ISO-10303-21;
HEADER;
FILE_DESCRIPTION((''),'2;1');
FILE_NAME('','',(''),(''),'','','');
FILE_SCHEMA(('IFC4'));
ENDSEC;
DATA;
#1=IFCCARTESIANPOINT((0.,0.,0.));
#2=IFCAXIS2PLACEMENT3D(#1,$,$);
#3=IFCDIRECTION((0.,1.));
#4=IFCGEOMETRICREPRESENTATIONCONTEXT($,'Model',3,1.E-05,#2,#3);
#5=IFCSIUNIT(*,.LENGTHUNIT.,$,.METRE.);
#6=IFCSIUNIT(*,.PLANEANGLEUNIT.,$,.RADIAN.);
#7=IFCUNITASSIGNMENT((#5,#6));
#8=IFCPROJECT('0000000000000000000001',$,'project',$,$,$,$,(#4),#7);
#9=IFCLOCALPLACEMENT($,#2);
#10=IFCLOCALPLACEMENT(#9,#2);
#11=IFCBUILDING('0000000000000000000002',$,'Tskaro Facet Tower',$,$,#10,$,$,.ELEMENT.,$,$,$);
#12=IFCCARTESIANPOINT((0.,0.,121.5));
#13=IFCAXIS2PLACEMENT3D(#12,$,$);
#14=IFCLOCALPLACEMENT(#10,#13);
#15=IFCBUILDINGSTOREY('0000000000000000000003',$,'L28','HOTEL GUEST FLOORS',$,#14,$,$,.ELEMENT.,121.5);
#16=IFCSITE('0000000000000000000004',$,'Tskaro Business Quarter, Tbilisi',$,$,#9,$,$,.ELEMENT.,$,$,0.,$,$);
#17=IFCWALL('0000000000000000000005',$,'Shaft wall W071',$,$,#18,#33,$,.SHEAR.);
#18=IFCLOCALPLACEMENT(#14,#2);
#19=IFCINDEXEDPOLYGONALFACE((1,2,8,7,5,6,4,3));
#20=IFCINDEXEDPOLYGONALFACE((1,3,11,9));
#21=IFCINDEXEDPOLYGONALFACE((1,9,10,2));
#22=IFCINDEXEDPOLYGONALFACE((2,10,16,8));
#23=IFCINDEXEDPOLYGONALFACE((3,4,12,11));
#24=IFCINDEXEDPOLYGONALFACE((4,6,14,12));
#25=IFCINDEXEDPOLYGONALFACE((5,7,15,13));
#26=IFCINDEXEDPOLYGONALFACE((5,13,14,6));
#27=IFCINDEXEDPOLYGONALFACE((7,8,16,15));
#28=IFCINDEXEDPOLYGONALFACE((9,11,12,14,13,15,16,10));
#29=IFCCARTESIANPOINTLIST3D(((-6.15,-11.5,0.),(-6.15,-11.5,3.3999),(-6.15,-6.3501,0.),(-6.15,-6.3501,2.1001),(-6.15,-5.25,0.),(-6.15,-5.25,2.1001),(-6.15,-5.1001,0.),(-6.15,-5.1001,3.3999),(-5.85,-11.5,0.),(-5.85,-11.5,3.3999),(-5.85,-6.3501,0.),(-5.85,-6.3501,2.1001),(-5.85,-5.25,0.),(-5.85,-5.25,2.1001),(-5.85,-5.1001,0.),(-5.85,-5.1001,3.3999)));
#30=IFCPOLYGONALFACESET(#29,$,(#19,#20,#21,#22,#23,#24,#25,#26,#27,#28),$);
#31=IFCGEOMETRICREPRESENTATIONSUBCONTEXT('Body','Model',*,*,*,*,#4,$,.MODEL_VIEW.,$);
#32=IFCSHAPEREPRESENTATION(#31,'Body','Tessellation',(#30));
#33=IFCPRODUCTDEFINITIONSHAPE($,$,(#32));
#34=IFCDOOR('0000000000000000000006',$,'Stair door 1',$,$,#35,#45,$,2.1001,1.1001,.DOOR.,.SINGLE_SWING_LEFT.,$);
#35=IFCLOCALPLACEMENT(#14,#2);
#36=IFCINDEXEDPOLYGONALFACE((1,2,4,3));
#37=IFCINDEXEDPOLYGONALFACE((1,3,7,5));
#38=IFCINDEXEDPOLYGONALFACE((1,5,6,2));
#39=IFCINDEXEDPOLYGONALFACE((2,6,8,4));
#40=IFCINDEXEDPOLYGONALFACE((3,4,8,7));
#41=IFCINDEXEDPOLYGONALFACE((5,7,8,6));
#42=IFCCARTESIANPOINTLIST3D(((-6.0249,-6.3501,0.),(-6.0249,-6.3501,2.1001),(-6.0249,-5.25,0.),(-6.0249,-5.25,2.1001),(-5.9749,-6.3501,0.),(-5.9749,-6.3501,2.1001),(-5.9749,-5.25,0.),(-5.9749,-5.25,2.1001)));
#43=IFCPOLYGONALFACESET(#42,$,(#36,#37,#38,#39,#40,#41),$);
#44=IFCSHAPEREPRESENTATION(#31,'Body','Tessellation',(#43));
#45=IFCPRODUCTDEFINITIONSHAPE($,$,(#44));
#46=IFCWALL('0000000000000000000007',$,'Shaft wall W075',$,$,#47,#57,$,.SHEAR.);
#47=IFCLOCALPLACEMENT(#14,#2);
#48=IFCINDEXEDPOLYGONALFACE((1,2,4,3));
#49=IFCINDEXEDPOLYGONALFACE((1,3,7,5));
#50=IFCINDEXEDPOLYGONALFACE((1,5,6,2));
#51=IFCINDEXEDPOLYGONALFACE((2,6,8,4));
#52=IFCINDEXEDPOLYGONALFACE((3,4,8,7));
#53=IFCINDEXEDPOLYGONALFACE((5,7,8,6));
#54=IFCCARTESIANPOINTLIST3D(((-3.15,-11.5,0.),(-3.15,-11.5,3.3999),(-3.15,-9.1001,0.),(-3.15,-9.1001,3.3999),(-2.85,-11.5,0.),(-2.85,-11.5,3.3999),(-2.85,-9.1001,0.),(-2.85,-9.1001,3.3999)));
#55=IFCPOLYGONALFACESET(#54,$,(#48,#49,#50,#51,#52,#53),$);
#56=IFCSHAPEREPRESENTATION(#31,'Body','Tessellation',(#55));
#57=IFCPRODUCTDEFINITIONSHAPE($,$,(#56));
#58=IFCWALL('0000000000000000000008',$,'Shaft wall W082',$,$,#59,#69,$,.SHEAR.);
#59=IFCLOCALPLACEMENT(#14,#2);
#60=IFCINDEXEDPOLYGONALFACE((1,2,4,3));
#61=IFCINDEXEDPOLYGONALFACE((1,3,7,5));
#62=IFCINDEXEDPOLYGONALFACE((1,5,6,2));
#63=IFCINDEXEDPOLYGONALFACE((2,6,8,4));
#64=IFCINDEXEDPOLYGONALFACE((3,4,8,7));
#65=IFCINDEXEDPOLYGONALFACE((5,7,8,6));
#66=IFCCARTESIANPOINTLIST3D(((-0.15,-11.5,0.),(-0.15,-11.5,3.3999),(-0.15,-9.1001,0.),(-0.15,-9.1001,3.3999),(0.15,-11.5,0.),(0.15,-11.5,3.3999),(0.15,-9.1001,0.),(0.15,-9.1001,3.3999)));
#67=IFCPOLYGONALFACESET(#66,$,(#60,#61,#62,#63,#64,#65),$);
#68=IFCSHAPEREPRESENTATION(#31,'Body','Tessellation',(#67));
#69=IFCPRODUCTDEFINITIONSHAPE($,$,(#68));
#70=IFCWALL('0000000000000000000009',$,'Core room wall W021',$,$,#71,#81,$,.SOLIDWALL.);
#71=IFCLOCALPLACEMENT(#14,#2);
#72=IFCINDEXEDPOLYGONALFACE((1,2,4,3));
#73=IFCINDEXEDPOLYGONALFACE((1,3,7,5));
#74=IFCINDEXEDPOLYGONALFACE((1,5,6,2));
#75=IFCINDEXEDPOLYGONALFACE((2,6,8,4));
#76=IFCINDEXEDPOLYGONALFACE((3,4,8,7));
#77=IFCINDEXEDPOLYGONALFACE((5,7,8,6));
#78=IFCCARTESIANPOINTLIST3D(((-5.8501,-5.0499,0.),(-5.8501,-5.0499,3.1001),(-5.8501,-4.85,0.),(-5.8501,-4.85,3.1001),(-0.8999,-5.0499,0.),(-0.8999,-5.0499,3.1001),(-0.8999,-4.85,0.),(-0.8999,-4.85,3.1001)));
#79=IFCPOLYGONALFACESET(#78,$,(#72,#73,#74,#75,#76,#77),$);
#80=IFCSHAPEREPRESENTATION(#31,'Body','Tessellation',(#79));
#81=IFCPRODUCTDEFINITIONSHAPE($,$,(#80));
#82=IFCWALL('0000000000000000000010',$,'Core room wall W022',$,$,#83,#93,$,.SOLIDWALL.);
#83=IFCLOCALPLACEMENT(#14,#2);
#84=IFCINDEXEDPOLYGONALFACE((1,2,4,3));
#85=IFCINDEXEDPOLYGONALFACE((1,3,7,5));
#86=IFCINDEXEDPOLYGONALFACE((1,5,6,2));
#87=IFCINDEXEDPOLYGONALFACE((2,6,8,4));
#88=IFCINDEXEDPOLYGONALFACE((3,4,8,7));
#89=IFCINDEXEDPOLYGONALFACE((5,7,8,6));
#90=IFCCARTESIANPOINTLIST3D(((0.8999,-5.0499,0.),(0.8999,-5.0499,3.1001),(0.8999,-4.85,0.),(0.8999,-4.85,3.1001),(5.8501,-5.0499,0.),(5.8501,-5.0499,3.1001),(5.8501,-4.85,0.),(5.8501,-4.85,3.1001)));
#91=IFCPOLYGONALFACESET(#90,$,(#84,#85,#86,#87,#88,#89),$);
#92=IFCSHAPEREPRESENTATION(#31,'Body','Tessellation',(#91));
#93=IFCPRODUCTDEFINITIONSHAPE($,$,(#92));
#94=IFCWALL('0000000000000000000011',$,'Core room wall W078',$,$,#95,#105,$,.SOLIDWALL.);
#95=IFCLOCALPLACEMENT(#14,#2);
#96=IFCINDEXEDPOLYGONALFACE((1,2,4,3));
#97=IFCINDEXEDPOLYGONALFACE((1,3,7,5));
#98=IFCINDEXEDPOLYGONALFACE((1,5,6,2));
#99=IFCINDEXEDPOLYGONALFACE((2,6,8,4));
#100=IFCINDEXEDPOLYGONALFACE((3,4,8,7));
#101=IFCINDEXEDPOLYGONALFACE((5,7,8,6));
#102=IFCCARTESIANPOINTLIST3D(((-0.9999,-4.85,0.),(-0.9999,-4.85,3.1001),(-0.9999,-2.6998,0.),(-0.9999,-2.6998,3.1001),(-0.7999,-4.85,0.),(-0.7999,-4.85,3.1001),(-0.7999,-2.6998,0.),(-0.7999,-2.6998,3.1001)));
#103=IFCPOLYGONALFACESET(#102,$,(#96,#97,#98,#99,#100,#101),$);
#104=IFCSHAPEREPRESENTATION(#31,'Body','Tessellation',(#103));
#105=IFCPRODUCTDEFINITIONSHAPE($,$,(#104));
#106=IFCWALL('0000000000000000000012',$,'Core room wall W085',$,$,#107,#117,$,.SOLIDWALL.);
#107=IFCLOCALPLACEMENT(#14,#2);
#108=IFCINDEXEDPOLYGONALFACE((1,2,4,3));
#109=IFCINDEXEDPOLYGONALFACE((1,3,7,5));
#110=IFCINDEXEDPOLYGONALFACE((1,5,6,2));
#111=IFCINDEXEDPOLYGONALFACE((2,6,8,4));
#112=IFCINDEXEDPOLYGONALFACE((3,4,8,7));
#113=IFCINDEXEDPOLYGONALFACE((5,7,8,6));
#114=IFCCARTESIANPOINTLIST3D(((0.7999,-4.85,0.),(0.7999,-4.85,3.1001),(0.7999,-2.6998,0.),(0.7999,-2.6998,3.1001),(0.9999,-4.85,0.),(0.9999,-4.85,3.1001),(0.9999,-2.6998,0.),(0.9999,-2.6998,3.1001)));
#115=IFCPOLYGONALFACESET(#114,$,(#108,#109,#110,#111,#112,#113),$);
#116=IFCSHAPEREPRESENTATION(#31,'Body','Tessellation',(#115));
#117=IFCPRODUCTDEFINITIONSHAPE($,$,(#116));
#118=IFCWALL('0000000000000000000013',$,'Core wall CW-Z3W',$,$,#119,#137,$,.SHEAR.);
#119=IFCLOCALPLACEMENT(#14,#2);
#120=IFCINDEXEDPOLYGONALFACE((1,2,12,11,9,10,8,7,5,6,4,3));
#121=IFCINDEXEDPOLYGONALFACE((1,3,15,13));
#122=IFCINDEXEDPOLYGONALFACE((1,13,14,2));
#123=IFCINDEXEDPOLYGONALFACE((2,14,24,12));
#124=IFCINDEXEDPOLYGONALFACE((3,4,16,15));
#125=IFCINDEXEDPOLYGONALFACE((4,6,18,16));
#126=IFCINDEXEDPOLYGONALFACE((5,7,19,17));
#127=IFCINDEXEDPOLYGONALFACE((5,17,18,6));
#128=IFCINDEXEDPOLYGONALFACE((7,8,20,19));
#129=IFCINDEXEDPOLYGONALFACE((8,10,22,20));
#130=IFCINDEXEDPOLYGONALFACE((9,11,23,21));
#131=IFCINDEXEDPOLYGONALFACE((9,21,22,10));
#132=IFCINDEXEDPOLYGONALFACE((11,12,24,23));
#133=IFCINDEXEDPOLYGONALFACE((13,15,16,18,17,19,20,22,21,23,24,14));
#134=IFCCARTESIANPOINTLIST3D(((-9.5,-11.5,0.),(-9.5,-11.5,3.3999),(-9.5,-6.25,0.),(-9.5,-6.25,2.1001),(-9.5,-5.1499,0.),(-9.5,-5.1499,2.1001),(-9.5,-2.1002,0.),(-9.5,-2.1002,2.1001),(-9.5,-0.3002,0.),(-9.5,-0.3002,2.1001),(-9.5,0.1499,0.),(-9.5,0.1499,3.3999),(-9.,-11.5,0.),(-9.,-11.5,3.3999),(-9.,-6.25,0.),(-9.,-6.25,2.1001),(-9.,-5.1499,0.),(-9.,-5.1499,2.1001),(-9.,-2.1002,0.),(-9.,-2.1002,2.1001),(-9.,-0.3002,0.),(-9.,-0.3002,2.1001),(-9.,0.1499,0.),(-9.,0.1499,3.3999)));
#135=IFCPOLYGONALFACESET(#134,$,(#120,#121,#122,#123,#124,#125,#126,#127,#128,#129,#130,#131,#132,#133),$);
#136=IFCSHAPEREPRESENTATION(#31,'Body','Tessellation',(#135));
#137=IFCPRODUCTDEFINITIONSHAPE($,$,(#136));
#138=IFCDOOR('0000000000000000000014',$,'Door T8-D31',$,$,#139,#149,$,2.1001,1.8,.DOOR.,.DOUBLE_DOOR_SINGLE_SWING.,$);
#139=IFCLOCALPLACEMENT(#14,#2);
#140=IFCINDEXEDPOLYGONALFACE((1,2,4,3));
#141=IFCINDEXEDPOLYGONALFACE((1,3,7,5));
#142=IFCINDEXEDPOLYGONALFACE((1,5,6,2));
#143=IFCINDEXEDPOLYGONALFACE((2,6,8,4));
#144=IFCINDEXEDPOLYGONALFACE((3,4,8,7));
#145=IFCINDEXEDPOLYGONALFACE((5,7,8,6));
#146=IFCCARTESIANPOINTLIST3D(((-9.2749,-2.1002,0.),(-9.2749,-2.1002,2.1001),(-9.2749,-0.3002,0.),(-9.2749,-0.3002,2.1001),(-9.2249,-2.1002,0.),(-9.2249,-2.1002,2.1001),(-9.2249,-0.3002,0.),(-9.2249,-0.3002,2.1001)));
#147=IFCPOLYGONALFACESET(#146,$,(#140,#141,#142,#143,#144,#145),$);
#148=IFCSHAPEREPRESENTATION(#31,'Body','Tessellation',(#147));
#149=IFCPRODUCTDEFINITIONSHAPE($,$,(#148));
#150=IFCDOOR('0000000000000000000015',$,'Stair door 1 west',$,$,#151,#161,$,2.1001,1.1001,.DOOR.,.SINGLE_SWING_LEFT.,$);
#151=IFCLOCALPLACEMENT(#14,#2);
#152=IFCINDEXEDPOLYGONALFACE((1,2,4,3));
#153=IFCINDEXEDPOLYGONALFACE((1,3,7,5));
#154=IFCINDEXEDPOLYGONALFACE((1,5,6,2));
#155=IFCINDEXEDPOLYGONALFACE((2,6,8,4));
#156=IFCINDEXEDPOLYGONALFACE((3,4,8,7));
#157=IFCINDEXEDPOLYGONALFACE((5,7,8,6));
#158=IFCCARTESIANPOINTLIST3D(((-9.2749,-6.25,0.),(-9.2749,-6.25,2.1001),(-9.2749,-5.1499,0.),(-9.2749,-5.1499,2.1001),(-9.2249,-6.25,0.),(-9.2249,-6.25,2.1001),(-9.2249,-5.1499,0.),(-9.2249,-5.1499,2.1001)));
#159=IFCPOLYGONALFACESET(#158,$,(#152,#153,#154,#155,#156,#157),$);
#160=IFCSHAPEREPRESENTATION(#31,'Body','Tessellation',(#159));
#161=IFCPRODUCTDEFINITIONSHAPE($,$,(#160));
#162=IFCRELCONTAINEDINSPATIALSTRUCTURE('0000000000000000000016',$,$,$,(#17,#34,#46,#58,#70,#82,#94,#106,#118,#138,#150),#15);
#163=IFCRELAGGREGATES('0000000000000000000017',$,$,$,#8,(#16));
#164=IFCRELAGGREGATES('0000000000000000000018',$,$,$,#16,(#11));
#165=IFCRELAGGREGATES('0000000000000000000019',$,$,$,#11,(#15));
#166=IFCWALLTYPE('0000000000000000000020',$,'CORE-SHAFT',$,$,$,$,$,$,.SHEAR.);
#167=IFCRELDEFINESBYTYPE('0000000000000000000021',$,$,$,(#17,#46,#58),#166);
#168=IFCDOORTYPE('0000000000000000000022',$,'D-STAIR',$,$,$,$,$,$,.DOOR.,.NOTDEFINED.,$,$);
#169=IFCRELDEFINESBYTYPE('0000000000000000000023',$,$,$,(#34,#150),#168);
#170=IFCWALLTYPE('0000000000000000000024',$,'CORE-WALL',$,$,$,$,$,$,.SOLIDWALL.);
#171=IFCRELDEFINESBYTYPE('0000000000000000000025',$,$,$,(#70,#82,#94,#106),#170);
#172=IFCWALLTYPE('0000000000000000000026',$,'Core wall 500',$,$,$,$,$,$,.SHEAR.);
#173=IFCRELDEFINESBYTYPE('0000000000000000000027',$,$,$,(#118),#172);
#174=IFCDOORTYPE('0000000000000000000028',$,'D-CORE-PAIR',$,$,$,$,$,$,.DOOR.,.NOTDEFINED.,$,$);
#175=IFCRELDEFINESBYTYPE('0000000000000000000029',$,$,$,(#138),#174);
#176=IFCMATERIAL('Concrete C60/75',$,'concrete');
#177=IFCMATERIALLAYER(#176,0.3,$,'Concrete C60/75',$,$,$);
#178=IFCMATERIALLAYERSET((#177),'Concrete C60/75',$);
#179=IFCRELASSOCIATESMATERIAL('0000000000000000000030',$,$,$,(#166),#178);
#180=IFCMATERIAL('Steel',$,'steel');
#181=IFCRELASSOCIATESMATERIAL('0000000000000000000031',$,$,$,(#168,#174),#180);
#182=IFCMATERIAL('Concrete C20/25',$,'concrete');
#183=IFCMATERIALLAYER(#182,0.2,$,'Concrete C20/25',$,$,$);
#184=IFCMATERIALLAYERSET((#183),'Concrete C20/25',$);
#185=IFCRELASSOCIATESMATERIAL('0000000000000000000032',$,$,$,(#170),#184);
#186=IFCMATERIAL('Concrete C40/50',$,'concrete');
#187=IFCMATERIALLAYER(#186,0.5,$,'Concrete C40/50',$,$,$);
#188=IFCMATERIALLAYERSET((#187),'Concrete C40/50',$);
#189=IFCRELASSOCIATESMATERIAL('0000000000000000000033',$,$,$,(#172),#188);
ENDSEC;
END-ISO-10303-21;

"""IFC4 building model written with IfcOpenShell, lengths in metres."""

from ifc_helpers import new_model, si_unit, direction, frame, frame_2d, origin, place, context, subcontext, project, spatial, rectangle, extrude, material, layer, layer_set, type_object, element, fill, save


model = new_model("IFC4")

# Units and contexts
model_context = context("Model", 3, precision=1e-05, world=origin(), true_north=direction((0.0, 1.0)))
body_context = subcontext(model_context, "Body", "Model", "MODEL_VIEW")
ifc_project = project(units=[si_unit("LENGTHUNIT", "METRE"), si_unit("PLANEANGLEUNIT", "RADIAN")], contexts=[model_context])

# Site, building, storey
site_placement = place(None, origin())
site = spatial("IfcSite", under=ifc_project, at=site_placement, Name="Tskaro Business Quarter, Tbilisi", CompositionType="ELEMENT", RefElevation=0.0)
building_placement = place(site_placement, origin())
building = spatial("IfcBuilding", under=site, at=building_placement, Name="Tskaro Facet Tower", CompositionType="ELEMENT")
storey_placement = place(building_placement, frame((0.0, 0.0, 121.5)))
storey = spatial("IfcBuildingStorey", under=building, at=storey_placement, Name="L28", Description="HOTEL GUEST FLOORS", CompositionType="ELEMENT", Elevation=121.5)

# Shared definitions
ifc_material_1 = material(Name="Concrete C60/75", Category="concrete")
ifc_material_2 = material(Name="Concrete C40/50", Category="concrete")

# Shared definitions
ifc_layer_1 = layer(ifc_material_1, 0.3, Name="Concrete C60/75")
ifc_layer_set_1 = layer_set([ifc_layer_1], Name="Concrete C60/75")
wall_type_1 = type_object("IfcWallType", Name="CORE-SHAFT", PredefinedType="SHEAR", material=ifc_layer_set_1)

# Wall, opening, door
wall_1_placement = place(storey_placement, frame((-6.0, -11.5, 0.0), z_axis=(0.0, 0.0, 1.0), x_axis=(0.0, 1.0, 0.0)))
wall_1 = element("IfcWall", 1, at=wall_1_placement, inside=storey, type_object=wall_type_1, Name="Shaft wall W071", PredefinedType="SHEAR", context=body_context, shape_type="SweptSolid", body=[
    extrude(rectangle(XDim=6.3999, YDim=0.3, at=frame_2d((3.2, 0.0))), origin(), (0.0, 0.0, 1.0), 3.3999),
])
opening_1_placement = place(wall_1_placement, frame((5.1499, 0.0, 0.0)))
opening_1 = element("IfcOpeningElement", 2, at=opening_1_placement, cuts=wall_1, PredefinedType="OPENING", context=body_context, shape_type="SweptSolid", body=[
    extrude(rectangle(XDim=1.1001, YDim=2.1001, at=frame_2d((0.55, 1.05))), frame((0.0, 0.1599, 0.0), z_axis=(0.0, -1.0, 0.0), x_axis=(1.0, 0.0, 0.0)), (0.0, 0.0, 1.0), 0.3201),
])
ifc_material_3 = material(Name="Steel", Category="steel")
door_type_1 = type_object("IfcDoorType", Name="D-STAIR", OperationType="NOTDEFINED", PredefinedType="DOOR", material=ifc_material_3)
door_1_placement = place(opening_1_placement, origin())
door_1 = element("IfcDoor", 3, at=door_1_placement, inside=storey, type_object=door_type_1, Name="Stair door 1", OperationType="SINGLE_SWING_LEFT", OverallHeight=2.1001, OverallWidth=1.1001, PredefinedType="DOOR", context=body_context, shape_type="SweptSolid", body=[
    extrude(rectangle(XDim=1.1001, YDim=2.1001, at=frame_2d((0.55, 1.05))), frame((0.0, 0.0249, 0.0), z_axis=(0.0, -1.0, 0.0), x_axis=(1.0, 0.0, 0.0)), (0.0, 0.0, 1.0), 0.05),
])
fill(opening_1, door_1)

# Walls
for number, where, z_axis, x_axis, name in (
    (4, (-3.0, -11.5, 0.0), (0.0, 0.0, 1.0), (0.0, 1.0, 0.0), "Shaft wall W075"),
    (5, (0.0, -11.5, 0.0), (0.0, 0.0, 1.0), (0.0, 1.0, 0.0), "Shaft wall W082"),
):
    element("IfcWall", number, at=place(storey_placement, frame(where, z_axis=z_axis, x_axis=x_axis)), inside=storey, type_object=wall_type_1, Name=name, PredefinedType="SHEAR", context=body_context, shape_type="SweptSolid", body=[
        extrude(rectangle(XDim=2.3999, YDim=0.3, at=frame_2d((1.2, 0.0))), origin(), (0.0, 0.0, 1.0), 3.3999),
    ])
ifc_material_4 = material(Name="Concrete C20/25", Category="concrete")
ifc_layer_2 = layer(ifc_material_4, 0.2, Name="Concrete C20/25")
ifc_layer_set_2 = layer_set([ifc_layer_2], Name="Concrete C20/25")
wall_type_2 = type_object("IfcWallType", Name="CORE-WALL", PredefinedType="SOLIDWALL", material=ifc_layer_set_2)
for number, where, z_axis, x_axis, name in (
    (6, (-5.8501, -4.95, 0.0), (0.0, 0.0, 1.0), (1.0, 0.0, 0.0), "Core room wall W021"),
    (7, (0.8999, -4.95, 0.0), (0.0, 0.0, 1.0), (1.0, 0.0, 0.0), "Core room wall W022"),
):
    element("IfcWall", number, at=place(storey_placement, frame(where, z_axis=z_axis, x_axis=x_axis)), inside=storey, type_object=wall_type_2, Name=name, PredefinedType="SOLIDWALL", context=body_context, shape_type="SweptSolid", body=[
        extrude(rectangle(XDim=4.9502, YDim=0.2, at=frame_2d((2.4751, 0.0))), origin(), (0.0, 0.0, 1.0), 3.1001),
    ])
for number, where, z_axis, x_axis, name in (
    (8, (-0.8999, -4.8501, 0.0), (0.0, 0.0, 1.0), (0.0, 1.0, 0.0), "Core room wall W078"),
    (9, (0.8999, -4.8501, 0.0), (0.0, 0.0, 1.0), (0.0, 1.0, 0.0), "Core room wall W085"),
):
    element("IfcWall", number, at=place(storey_placement, frame(where, z_axis=z_axis, x_axis=x_axis)), inside=storey, type_object=wall_type_2, Name=name, PredefinedType="SOLIDWALL", context=body_context, shape_type="SweptSolid", body=[
        extrude(rectangle(XDim=2.1501, YDim=0.2, at=frame_2d((1.0752, 0.0))), origin(), (0.0, 0.0, 1.0), 3.1001),
    ])

# Wall, openings, doors
ifc_layer_3 = layer(ifc_material_2, 0.5, Name="Concrete C40/50")
ifc_layer_set_3 = layer_set([ifc_layer_3], Name="Concrete C40/50")
wall_type_3 = type_object("IfcWallType", Name="Core wall 500", PredefinedType="SHEAR", material=ifc_layer_set_3)
wall_2_placement = place(storey_placement, frame((-9.25, -11.5, 0.0), z_axis=(0.0, 0.0, 1.0), x_axis=(0.0, 1.0, 0.0)))
wall_2 = element("IfcWall", 10, at=wall_2_placement, inside=storey, type_object=wall_type_3, Name="Core wall CW-Z3W", PredefinedType="SHEAR", context=body_context, shape_type="SweptSolid", body=[
    extrude(rectangle(XDim=11.6499, YDim=0.5, at=frame_2d((5.825, 0.0))), origin(), (0.0, 0.0, 1.0), 3.3999),
])
opening_2_placement = place(wall_2_placement, frame((9.3999, 0.0, 0.0)))
opening_2 = element("IfcOpeningElement", 11, at=opening_2_placement, cuts=wall_2, PredefinedType="OPENING", context=body_context, shape_type="SweptSolid", body=[
    extrude(rectangle(XDim=1.8, YDim=2.1001, at=frame_2d((0.8999, 1.05))), frame((0.0, 0.26, 0.0), z_axis=(0.0, -1.0, 0.0), x_axis=(1.0, 0.0, 0.0)), (0.0, 0.0, 1.0), 0.52),
])
opening_3_placement = place(wall_2_placement, frame((5.25, 0.0, 0.0)))
opening_3 = element("IfcOpeningElement", 12, at=opening_3_placement, cuts=wall_2, PredefinedType="OPENING", context=body_context, shape_type="SweptSolid", body=[
    extrude(rectangle(XDim=1.1001, YDim=2.1001, at=frame_2d((0.55, 1.05))), frame((0.0, 0.26, 0.0), z_axis=(0.0, -1.0, 0.0), x_axis=(1.0, 0.0, 0.0)), (0.0, 0.0, 1.0), 0.52),
])
door_type_2 = type_object("IfcDoorType", Name="D-CORE-PAIR", OperationType="NOTDEFINED", PredefinedType="DOOR", material=ifc_material_3)
door_2_placement = place(opening_2_placement, origin())
door_2 = element("IfcDoor", 13, at=door_2_placement, inside=storey, type_object=door_type_2, Name="Door T8-D31", OperationType="DOUBLE_DOOR_SINGLE_SWING", OverallHeight=2.1001, OverallWidth=1.8, PredefinedType="DOOR", context=body_context, shape_type="SweptSolid", body=[
    extrude(rectangle(XDim=1.8, YDim=2.1001, at=frame_2d((0.8999, 1.05))), frame((0.0, 0.0249, 0.0), z_axis=(0.0, -1.0, 0.0), x_axis=(1.0, 0.0, 0.0)), (0.0, 0.0, 1.0), 0.05),
])
fill(opening_2, door_2)
door_3_placement = place(opening_3_placement, origin())
door_3 = element("IfcDoor", 14, at=door_3_placement, inside=storey, type_object=door_type_1, Name="Stair door 1 west", OperationType="SINGLE_SWING_LEFT", OverallHeight=2.1001, OverallWidth=1.1001, PredefinedType="DOOR", context=body_context, shape_type="SweptSolid", body=[
    extrude(rectangle(XDim=1.1001, YDim=2.1001, at=frame_2d((0.55, 1.05))), frame((0.0, 0.0249, 0.0), z_axis=(0.0, -1.0, 0.0), x_axis=(1.0, 0.0, 0.0)), (0.0, 0.0, 1.0), 0.05),
])
fill(opening_3, door_3)

save(model, "model.ifc")
